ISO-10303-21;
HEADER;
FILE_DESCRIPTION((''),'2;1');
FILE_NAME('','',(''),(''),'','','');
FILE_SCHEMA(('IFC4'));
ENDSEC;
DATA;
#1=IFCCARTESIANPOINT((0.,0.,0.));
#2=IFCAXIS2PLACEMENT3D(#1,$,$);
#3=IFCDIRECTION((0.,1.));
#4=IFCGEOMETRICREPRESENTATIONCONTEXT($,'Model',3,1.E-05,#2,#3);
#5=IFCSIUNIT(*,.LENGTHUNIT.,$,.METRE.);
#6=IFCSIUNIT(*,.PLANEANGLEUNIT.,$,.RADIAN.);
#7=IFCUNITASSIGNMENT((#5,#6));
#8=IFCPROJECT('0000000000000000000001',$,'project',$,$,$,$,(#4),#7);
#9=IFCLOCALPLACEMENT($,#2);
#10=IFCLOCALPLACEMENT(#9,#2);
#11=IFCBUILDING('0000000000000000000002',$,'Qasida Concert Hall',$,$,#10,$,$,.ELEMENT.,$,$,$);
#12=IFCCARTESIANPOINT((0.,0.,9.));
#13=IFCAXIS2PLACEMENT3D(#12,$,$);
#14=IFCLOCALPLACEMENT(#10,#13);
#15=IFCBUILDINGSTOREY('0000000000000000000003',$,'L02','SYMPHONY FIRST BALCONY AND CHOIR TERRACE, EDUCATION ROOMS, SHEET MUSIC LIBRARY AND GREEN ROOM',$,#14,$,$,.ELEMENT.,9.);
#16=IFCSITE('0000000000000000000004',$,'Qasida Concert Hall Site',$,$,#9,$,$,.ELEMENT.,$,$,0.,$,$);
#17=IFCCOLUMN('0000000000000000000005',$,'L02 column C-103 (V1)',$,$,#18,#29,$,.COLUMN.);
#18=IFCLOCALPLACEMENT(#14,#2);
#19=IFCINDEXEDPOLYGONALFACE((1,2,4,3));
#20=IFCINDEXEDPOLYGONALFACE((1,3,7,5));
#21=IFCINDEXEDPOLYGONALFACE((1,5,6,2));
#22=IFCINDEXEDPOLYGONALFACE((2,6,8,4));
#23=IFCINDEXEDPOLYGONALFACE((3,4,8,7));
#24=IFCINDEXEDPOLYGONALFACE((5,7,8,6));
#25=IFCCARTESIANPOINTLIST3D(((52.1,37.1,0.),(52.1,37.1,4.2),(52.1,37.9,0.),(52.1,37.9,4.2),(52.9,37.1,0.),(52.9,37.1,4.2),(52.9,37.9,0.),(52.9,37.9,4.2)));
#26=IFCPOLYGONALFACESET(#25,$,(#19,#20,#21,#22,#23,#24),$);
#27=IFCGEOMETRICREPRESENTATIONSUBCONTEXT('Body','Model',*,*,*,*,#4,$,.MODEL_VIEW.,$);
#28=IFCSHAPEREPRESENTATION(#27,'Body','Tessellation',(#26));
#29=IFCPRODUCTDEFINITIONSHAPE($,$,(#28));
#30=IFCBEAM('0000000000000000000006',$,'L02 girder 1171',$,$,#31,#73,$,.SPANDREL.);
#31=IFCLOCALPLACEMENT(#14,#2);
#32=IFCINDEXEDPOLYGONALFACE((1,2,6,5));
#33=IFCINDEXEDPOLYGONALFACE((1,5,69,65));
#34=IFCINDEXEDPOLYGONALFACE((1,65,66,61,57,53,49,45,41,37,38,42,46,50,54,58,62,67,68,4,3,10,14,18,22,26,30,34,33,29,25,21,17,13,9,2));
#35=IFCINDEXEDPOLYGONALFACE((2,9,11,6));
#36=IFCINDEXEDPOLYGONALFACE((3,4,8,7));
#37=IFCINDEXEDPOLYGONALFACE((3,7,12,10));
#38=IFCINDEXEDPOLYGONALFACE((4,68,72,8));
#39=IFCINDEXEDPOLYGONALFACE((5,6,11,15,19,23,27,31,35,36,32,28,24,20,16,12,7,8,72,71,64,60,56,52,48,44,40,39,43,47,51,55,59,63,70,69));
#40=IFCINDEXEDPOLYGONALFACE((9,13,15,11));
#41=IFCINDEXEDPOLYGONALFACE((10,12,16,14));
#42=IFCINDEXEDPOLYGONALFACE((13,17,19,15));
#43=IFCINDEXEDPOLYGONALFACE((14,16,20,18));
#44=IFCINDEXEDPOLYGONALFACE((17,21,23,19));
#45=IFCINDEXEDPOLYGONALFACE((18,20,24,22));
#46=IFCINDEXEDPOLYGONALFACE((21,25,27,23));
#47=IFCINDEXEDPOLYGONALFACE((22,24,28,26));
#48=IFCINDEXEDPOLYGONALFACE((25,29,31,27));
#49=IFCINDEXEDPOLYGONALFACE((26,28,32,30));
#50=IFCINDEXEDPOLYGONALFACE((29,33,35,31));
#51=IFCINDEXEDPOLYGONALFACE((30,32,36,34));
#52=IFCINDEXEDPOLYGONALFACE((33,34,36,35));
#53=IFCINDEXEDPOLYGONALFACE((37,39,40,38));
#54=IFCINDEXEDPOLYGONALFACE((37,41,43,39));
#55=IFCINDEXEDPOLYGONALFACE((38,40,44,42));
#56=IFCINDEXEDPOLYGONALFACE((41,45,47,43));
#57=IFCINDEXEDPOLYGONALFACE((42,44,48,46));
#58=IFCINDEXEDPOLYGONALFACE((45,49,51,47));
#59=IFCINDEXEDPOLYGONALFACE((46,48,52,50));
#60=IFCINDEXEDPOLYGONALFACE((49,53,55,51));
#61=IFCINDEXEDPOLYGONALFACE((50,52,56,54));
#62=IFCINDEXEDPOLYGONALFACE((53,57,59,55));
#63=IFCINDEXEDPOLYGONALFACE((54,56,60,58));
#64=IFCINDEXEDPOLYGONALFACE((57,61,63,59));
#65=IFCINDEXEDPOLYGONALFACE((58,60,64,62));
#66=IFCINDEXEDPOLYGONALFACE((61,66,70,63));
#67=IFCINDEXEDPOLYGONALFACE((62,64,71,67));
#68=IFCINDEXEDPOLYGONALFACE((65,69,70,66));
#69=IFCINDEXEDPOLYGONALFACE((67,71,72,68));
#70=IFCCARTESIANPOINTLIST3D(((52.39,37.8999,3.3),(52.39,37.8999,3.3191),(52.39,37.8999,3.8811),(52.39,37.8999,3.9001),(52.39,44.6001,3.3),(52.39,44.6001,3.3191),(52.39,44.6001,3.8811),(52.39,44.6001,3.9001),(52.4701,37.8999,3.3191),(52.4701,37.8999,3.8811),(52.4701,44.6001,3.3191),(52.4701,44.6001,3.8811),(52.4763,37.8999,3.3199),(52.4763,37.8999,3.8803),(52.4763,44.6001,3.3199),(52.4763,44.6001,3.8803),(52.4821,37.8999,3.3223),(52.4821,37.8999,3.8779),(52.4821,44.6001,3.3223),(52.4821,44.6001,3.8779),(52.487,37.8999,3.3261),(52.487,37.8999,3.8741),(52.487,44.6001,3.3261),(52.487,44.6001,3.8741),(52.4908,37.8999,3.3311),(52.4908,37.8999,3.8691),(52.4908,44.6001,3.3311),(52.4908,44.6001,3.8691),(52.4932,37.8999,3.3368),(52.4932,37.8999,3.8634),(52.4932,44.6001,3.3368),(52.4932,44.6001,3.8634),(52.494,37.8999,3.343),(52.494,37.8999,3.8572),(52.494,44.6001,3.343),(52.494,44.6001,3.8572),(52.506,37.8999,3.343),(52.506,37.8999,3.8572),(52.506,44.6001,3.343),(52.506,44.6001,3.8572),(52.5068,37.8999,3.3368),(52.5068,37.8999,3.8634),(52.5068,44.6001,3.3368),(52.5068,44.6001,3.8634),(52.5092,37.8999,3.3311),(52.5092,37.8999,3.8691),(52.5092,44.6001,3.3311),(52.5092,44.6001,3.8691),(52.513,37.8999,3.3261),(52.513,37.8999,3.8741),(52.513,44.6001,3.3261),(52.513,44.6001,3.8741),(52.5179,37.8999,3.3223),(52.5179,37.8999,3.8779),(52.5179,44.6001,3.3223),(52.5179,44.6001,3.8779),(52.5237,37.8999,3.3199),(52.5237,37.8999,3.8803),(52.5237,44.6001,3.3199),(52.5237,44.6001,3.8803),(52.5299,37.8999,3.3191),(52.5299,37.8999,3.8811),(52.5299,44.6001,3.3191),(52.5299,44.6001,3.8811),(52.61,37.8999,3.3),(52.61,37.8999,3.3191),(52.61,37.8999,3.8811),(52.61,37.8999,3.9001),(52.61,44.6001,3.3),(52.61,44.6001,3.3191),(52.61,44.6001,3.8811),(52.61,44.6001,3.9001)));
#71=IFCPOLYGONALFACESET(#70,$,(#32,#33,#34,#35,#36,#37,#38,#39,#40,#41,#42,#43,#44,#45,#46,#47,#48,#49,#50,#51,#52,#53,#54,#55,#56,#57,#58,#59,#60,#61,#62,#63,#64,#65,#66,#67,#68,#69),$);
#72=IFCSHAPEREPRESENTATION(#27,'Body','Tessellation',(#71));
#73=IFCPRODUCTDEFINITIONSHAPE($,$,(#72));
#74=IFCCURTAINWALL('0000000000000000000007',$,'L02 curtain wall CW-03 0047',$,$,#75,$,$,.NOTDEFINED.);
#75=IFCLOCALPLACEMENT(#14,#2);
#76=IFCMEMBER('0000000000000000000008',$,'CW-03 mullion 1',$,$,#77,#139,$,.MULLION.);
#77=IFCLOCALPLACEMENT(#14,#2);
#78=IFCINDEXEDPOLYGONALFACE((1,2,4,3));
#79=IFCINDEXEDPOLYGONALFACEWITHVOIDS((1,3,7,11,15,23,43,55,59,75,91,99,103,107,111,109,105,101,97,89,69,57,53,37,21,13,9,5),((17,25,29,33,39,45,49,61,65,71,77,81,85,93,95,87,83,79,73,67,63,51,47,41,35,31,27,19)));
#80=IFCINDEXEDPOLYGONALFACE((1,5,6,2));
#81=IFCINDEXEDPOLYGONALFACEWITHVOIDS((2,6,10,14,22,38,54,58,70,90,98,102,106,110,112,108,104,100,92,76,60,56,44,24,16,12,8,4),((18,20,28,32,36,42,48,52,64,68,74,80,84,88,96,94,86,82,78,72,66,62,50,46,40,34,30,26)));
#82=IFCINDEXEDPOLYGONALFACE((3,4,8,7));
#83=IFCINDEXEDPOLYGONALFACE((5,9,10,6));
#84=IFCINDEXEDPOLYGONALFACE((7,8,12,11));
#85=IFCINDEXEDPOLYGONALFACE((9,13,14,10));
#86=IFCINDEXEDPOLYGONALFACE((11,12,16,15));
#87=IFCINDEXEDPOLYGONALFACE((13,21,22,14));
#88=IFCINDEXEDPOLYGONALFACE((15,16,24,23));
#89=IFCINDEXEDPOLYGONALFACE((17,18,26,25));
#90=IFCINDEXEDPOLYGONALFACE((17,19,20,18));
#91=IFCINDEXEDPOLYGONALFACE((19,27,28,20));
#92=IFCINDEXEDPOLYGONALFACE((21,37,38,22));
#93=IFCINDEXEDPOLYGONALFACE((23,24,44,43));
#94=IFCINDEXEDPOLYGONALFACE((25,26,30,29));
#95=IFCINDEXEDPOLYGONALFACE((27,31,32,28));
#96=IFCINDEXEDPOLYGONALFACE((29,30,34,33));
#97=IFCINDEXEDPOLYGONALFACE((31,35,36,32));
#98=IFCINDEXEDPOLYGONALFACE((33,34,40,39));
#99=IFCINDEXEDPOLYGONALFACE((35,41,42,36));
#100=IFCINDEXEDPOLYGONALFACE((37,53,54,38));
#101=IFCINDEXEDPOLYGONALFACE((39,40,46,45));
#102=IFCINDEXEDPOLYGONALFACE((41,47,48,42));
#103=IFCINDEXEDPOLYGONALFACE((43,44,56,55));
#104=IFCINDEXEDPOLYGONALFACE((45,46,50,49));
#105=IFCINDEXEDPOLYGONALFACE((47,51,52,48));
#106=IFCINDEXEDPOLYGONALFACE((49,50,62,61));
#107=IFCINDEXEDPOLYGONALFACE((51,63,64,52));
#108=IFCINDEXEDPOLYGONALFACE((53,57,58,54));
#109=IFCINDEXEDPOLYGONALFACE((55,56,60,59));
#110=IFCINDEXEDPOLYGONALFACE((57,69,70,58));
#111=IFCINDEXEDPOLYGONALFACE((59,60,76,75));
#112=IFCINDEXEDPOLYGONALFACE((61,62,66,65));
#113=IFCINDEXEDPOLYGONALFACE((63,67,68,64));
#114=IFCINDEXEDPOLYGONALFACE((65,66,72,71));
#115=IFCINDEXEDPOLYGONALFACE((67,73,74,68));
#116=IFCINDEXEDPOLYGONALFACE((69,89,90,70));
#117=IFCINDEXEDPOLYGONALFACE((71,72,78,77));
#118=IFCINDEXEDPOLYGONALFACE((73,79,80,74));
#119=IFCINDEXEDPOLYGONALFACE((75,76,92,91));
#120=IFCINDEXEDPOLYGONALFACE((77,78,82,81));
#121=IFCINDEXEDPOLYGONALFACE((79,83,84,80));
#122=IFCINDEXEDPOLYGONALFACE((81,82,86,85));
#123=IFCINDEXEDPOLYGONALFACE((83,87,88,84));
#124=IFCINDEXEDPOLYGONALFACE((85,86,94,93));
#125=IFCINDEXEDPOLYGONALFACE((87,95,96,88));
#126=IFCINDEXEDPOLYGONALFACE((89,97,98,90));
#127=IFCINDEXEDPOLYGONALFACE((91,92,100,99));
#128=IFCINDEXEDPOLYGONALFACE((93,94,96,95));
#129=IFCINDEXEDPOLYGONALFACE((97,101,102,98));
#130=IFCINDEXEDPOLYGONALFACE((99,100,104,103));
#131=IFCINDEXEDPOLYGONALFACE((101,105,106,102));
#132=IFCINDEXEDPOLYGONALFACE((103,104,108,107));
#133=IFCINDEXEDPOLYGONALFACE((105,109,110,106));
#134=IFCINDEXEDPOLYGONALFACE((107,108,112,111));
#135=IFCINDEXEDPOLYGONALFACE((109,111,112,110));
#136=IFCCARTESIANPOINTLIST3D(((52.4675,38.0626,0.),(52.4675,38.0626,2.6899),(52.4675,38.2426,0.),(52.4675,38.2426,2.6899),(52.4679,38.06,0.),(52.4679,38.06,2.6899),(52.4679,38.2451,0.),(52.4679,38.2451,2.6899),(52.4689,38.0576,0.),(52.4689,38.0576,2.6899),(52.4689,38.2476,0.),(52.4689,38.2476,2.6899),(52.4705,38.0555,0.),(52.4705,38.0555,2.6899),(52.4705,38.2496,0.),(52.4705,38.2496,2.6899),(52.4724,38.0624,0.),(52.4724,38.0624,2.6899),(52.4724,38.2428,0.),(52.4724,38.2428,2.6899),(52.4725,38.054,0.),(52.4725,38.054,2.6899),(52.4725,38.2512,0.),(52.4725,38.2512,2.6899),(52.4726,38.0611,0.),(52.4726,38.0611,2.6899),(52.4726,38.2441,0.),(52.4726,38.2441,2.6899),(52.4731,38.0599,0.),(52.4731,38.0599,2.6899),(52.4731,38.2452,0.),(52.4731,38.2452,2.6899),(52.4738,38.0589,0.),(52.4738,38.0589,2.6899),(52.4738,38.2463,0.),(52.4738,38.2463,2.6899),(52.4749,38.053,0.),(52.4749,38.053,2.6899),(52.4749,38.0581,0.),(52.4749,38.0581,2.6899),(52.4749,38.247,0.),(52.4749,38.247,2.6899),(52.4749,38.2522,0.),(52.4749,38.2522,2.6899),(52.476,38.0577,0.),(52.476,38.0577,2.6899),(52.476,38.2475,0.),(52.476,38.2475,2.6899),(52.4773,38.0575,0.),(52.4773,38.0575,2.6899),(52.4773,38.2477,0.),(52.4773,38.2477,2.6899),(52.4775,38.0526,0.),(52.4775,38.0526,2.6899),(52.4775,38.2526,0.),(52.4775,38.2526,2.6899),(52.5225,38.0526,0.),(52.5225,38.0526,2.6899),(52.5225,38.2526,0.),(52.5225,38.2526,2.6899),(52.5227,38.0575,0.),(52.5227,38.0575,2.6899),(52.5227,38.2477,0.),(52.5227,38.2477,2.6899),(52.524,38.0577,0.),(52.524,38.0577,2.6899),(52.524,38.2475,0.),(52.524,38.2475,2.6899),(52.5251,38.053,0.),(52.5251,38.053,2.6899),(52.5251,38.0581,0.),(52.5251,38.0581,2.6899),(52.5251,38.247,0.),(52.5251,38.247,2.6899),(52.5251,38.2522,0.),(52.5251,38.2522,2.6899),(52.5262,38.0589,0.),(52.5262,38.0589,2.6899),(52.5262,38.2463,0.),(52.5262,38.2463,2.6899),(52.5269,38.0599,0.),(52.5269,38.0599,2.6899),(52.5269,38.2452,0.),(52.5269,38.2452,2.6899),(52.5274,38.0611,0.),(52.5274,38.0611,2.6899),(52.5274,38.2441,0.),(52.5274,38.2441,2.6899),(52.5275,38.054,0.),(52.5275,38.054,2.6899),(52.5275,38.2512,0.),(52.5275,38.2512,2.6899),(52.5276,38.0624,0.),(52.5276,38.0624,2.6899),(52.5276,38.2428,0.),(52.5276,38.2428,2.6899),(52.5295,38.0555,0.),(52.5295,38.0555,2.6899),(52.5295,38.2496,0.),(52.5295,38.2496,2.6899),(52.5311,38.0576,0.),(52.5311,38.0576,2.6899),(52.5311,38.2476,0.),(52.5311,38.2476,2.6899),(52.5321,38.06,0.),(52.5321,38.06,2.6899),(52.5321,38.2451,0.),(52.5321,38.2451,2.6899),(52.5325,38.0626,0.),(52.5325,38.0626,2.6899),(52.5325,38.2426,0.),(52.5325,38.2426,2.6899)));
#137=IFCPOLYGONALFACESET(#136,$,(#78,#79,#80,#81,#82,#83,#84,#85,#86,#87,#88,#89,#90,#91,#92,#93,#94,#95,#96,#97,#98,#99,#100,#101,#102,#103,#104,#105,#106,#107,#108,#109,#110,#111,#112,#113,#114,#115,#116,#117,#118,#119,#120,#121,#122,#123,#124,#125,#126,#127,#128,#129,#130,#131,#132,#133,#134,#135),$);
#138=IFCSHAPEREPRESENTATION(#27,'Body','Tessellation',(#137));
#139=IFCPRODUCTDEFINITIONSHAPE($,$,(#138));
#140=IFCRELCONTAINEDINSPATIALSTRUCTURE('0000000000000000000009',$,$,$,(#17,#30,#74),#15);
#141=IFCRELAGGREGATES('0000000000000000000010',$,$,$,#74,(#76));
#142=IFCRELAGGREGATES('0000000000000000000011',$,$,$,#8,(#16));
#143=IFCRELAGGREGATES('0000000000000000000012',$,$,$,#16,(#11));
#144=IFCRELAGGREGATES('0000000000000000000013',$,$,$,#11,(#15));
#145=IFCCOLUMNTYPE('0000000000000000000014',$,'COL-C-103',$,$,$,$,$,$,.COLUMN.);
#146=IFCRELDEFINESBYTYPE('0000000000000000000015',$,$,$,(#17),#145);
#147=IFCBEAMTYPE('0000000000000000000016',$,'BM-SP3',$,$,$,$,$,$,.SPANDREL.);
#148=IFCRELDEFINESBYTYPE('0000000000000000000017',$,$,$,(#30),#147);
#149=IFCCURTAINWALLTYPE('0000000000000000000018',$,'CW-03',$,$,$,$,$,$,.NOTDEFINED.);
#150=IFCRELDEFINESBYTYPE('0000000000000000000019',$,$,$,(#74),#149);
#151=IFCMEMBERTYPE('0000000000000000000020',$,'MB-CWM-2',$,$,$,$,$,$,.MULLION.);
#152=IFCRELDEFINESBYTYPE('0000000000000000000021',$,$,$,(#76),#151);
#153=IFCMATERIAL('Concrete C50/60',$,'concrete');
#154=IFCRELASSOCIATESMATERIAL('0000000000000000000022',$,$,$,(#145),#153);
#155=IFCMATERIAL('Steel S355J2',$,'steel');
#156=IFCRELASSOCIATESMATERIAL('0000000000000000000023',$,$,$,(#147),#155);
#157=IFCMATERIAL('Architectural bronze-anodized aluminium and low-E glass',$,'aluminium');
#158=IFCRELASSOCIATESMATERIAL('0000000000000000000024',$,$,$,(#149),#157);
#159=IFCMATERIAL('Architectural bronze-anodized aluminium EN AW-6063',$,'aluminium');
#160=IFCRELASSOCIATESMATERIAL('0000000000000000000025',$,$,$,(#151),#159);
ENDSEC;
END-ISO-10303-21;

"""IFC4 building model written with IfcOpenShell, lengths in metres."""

from ifc_helpers import new_model, si_unit, direction, frame, origin, origin_2d, place, context, subcontext, project, spatial, rectangle, hollow_rectangle, i_section, extrude, material, material_profile, profile_set, type_object, element, aggregate, save


model = new_model("IFC4")

# Units and contexts
model_context = context("Model", 3, precision=1e-05, world=origin(), true_north=direction((0.0, 1.0)))
body_context = subcontext(model_context, "Body", "Model", "MODEL_VIEW")
ifc_project = project(units=[si_unit("LENGTHUNIT", "METRE"), si_unit("PLANEANGLEUNIT", "RADIAN")], contexts=[model_context])

# Site, building, storey
site_placement = place(None, origin())
site = spatial("IfcSite", under=ifc_project, at=site_placement, Name="Qasida Concert Hall Site", CompositionType="ELEMENT", RefElevation=0.0)
building_placement = place(site_placement, origin())
building = spatial("IfcBuilding", under=site, at=building_placement, Name="Qasida Concert Hall", CompositionType="ELEMENT")
storey_placement = place(building_placement, frame((0.0, 0.0, 9.0)))
storey = spatial("IfcBuildingStorey", under=building, at=storey_placement, Name="L02", Description="SYMPHONY FIRST BALCONY AND CHOIR TERRACE, EDUCATION ROOMS, SHEET MUSIC LIBRARY AND GREEN ROOM", CompositionType="ELEMENT", Elevation=9.0)

# Column
ifc_material_1 = material(Name="Concrete C50/60", Category="concrete")
ifc_material_profile_1 = material_profile(ifc_material_1, rectangle(XDim=0.8, YDim=0.8, at=origin_2d()), Name="RC 800x800")
ifc_profile_set_1 = profile_set([ifc_material_profile_1], Name="Concrete C50/60")
column_type = type_object("IfcColumnType", Name="COL-C-103", PredefinedType="COLUMN", material=ifc_profile_set_1)
column_placement = place(storey_placement, frame((52.5, 37.5, 0.0), z_axis=(0.0, 0.0, 1.0), x_axis=(1.0, 0.0, 0.0)))
element("IfcColumn", 1, at=column_placement, inside=storey, type_object=column_type, Name="L02 column C-103 (V1)", PredefinedType="COLUMN", context=body_context, shape_type="SweptSolid", body=[
    extrude(rectangle(XDim=0.8, YDim=0.8, at=origin_2d()), origin(), (0.0, 0.0, 1.0), 4.2),
])

# Beam
ifc_material_2 = material(Name="Steel S355J2", Category="steel")
ifc_material_profile_2 = material_profile(ifc_material_2, i_section(OverallWidth=0.22, OverallDepth=0.6001, WebThickness=0.012, FlangeThickness=0.019, FilletRadius=0.0239, at=origin_2d()), Name="IPE 600")
ifc_profile_set_2 = profile_set([ifc_material_profile_2], Name="Steel S355J2")
beam_type = type_object("IfcBeamType", Name="BM-SP3", PredefinedType="SPANDREL", material=ifc_profile_set_2)
beam_placement = place(storey_placement, frame((52.5, 37.8999, 3.6001), z_axis=(0.0, 1.0, 0.0), x_axis=(-1.0, 0.0, 0.0)))
element("IfcBeam", 2, at=beam_placement, inside=storey, type_object=beam_type, Name="L02 girder 1171", PredefinedType="SPANDREL", context=body_context, shape_type="SweptSolid", body=[
    extrude(i_section(OverallWidth=0.22, OverallDepth=0.6001, WebThickness=0.012, FlangeThickness=0.019, FilletRadius=0.0239, at=origin_2d()), origin(), (0.0, 0.0, 1.0), 6.7002),
])

# Curtain wall, member
ifc_material_3 = material(Name="Architectural bronze-anodized aluminium and low-E glass", Category="aluminium")
curtain_wall_type_1 = type_object("IfcCurtainWallType", Name="CW-03", PredefinedType="NOTDEFINED", material=ifc_material_3)
curtain_wall_1_placement = place(storey_placement, origin())
curtain_wall_1 = element("IfcCurtainWall", 3, at=curtain_wall_1_placement, inside=storey, type_object=curtain_wall_type_1, Name="L02 curtain wall CW-03 0047", PredefinedType="NOTDEFINED")
ifc_material_4 = material(Name="Architectural bronze-anodized aluminium EN AW-6063", Category="aluminium")
ifc_material_profile_3 = material_profile(ifc_material_4, hollow_rectangle(XDim=0.0649, YDim=0.2, WallThickness=0.0049, InnerFilletRadius=0.0049, OuterFilletRadius=0.01, at=origin_2d()), Name="CWM 200x65x5")
ifc_profile_set_3 = profile_set([ifc_material_profile_3], Name="Architectural bronze-anodized aluminium EN AW-6063")
member_type_1 = type_object("IfcMemberType", Name="MB-CWM-2", PredefinedType="MULLION", material=ifc_profile_set_3)
member_1_placement = place(storey_placement, frame((52.5, 38.1526, 0.0), z_axis=(0.0, 0.0, 1.0), x_axis=(-1.0, 0.0, 0.0)))
member_1 = element("IfcMember", 4, at=member_1_placement, type_object=member_type_1, Name="CW-03 mullion 1", PredefinedType="MULLION", context=body_context, shape_type="SweptSolid", body=[
    extrude(hollow_rectangle(XDim=0.0649, YDim=0.2, WallThickness=0.0049, InnerFilletRadius=0.0049, OuterFilletRadius=0.01, at=origin_2d()), origin(), (0.0, 0.0, 1.0), 2.6899),
])

aggregate(curtain_wall_1, [member_1])

save(model, "model.ifc")
